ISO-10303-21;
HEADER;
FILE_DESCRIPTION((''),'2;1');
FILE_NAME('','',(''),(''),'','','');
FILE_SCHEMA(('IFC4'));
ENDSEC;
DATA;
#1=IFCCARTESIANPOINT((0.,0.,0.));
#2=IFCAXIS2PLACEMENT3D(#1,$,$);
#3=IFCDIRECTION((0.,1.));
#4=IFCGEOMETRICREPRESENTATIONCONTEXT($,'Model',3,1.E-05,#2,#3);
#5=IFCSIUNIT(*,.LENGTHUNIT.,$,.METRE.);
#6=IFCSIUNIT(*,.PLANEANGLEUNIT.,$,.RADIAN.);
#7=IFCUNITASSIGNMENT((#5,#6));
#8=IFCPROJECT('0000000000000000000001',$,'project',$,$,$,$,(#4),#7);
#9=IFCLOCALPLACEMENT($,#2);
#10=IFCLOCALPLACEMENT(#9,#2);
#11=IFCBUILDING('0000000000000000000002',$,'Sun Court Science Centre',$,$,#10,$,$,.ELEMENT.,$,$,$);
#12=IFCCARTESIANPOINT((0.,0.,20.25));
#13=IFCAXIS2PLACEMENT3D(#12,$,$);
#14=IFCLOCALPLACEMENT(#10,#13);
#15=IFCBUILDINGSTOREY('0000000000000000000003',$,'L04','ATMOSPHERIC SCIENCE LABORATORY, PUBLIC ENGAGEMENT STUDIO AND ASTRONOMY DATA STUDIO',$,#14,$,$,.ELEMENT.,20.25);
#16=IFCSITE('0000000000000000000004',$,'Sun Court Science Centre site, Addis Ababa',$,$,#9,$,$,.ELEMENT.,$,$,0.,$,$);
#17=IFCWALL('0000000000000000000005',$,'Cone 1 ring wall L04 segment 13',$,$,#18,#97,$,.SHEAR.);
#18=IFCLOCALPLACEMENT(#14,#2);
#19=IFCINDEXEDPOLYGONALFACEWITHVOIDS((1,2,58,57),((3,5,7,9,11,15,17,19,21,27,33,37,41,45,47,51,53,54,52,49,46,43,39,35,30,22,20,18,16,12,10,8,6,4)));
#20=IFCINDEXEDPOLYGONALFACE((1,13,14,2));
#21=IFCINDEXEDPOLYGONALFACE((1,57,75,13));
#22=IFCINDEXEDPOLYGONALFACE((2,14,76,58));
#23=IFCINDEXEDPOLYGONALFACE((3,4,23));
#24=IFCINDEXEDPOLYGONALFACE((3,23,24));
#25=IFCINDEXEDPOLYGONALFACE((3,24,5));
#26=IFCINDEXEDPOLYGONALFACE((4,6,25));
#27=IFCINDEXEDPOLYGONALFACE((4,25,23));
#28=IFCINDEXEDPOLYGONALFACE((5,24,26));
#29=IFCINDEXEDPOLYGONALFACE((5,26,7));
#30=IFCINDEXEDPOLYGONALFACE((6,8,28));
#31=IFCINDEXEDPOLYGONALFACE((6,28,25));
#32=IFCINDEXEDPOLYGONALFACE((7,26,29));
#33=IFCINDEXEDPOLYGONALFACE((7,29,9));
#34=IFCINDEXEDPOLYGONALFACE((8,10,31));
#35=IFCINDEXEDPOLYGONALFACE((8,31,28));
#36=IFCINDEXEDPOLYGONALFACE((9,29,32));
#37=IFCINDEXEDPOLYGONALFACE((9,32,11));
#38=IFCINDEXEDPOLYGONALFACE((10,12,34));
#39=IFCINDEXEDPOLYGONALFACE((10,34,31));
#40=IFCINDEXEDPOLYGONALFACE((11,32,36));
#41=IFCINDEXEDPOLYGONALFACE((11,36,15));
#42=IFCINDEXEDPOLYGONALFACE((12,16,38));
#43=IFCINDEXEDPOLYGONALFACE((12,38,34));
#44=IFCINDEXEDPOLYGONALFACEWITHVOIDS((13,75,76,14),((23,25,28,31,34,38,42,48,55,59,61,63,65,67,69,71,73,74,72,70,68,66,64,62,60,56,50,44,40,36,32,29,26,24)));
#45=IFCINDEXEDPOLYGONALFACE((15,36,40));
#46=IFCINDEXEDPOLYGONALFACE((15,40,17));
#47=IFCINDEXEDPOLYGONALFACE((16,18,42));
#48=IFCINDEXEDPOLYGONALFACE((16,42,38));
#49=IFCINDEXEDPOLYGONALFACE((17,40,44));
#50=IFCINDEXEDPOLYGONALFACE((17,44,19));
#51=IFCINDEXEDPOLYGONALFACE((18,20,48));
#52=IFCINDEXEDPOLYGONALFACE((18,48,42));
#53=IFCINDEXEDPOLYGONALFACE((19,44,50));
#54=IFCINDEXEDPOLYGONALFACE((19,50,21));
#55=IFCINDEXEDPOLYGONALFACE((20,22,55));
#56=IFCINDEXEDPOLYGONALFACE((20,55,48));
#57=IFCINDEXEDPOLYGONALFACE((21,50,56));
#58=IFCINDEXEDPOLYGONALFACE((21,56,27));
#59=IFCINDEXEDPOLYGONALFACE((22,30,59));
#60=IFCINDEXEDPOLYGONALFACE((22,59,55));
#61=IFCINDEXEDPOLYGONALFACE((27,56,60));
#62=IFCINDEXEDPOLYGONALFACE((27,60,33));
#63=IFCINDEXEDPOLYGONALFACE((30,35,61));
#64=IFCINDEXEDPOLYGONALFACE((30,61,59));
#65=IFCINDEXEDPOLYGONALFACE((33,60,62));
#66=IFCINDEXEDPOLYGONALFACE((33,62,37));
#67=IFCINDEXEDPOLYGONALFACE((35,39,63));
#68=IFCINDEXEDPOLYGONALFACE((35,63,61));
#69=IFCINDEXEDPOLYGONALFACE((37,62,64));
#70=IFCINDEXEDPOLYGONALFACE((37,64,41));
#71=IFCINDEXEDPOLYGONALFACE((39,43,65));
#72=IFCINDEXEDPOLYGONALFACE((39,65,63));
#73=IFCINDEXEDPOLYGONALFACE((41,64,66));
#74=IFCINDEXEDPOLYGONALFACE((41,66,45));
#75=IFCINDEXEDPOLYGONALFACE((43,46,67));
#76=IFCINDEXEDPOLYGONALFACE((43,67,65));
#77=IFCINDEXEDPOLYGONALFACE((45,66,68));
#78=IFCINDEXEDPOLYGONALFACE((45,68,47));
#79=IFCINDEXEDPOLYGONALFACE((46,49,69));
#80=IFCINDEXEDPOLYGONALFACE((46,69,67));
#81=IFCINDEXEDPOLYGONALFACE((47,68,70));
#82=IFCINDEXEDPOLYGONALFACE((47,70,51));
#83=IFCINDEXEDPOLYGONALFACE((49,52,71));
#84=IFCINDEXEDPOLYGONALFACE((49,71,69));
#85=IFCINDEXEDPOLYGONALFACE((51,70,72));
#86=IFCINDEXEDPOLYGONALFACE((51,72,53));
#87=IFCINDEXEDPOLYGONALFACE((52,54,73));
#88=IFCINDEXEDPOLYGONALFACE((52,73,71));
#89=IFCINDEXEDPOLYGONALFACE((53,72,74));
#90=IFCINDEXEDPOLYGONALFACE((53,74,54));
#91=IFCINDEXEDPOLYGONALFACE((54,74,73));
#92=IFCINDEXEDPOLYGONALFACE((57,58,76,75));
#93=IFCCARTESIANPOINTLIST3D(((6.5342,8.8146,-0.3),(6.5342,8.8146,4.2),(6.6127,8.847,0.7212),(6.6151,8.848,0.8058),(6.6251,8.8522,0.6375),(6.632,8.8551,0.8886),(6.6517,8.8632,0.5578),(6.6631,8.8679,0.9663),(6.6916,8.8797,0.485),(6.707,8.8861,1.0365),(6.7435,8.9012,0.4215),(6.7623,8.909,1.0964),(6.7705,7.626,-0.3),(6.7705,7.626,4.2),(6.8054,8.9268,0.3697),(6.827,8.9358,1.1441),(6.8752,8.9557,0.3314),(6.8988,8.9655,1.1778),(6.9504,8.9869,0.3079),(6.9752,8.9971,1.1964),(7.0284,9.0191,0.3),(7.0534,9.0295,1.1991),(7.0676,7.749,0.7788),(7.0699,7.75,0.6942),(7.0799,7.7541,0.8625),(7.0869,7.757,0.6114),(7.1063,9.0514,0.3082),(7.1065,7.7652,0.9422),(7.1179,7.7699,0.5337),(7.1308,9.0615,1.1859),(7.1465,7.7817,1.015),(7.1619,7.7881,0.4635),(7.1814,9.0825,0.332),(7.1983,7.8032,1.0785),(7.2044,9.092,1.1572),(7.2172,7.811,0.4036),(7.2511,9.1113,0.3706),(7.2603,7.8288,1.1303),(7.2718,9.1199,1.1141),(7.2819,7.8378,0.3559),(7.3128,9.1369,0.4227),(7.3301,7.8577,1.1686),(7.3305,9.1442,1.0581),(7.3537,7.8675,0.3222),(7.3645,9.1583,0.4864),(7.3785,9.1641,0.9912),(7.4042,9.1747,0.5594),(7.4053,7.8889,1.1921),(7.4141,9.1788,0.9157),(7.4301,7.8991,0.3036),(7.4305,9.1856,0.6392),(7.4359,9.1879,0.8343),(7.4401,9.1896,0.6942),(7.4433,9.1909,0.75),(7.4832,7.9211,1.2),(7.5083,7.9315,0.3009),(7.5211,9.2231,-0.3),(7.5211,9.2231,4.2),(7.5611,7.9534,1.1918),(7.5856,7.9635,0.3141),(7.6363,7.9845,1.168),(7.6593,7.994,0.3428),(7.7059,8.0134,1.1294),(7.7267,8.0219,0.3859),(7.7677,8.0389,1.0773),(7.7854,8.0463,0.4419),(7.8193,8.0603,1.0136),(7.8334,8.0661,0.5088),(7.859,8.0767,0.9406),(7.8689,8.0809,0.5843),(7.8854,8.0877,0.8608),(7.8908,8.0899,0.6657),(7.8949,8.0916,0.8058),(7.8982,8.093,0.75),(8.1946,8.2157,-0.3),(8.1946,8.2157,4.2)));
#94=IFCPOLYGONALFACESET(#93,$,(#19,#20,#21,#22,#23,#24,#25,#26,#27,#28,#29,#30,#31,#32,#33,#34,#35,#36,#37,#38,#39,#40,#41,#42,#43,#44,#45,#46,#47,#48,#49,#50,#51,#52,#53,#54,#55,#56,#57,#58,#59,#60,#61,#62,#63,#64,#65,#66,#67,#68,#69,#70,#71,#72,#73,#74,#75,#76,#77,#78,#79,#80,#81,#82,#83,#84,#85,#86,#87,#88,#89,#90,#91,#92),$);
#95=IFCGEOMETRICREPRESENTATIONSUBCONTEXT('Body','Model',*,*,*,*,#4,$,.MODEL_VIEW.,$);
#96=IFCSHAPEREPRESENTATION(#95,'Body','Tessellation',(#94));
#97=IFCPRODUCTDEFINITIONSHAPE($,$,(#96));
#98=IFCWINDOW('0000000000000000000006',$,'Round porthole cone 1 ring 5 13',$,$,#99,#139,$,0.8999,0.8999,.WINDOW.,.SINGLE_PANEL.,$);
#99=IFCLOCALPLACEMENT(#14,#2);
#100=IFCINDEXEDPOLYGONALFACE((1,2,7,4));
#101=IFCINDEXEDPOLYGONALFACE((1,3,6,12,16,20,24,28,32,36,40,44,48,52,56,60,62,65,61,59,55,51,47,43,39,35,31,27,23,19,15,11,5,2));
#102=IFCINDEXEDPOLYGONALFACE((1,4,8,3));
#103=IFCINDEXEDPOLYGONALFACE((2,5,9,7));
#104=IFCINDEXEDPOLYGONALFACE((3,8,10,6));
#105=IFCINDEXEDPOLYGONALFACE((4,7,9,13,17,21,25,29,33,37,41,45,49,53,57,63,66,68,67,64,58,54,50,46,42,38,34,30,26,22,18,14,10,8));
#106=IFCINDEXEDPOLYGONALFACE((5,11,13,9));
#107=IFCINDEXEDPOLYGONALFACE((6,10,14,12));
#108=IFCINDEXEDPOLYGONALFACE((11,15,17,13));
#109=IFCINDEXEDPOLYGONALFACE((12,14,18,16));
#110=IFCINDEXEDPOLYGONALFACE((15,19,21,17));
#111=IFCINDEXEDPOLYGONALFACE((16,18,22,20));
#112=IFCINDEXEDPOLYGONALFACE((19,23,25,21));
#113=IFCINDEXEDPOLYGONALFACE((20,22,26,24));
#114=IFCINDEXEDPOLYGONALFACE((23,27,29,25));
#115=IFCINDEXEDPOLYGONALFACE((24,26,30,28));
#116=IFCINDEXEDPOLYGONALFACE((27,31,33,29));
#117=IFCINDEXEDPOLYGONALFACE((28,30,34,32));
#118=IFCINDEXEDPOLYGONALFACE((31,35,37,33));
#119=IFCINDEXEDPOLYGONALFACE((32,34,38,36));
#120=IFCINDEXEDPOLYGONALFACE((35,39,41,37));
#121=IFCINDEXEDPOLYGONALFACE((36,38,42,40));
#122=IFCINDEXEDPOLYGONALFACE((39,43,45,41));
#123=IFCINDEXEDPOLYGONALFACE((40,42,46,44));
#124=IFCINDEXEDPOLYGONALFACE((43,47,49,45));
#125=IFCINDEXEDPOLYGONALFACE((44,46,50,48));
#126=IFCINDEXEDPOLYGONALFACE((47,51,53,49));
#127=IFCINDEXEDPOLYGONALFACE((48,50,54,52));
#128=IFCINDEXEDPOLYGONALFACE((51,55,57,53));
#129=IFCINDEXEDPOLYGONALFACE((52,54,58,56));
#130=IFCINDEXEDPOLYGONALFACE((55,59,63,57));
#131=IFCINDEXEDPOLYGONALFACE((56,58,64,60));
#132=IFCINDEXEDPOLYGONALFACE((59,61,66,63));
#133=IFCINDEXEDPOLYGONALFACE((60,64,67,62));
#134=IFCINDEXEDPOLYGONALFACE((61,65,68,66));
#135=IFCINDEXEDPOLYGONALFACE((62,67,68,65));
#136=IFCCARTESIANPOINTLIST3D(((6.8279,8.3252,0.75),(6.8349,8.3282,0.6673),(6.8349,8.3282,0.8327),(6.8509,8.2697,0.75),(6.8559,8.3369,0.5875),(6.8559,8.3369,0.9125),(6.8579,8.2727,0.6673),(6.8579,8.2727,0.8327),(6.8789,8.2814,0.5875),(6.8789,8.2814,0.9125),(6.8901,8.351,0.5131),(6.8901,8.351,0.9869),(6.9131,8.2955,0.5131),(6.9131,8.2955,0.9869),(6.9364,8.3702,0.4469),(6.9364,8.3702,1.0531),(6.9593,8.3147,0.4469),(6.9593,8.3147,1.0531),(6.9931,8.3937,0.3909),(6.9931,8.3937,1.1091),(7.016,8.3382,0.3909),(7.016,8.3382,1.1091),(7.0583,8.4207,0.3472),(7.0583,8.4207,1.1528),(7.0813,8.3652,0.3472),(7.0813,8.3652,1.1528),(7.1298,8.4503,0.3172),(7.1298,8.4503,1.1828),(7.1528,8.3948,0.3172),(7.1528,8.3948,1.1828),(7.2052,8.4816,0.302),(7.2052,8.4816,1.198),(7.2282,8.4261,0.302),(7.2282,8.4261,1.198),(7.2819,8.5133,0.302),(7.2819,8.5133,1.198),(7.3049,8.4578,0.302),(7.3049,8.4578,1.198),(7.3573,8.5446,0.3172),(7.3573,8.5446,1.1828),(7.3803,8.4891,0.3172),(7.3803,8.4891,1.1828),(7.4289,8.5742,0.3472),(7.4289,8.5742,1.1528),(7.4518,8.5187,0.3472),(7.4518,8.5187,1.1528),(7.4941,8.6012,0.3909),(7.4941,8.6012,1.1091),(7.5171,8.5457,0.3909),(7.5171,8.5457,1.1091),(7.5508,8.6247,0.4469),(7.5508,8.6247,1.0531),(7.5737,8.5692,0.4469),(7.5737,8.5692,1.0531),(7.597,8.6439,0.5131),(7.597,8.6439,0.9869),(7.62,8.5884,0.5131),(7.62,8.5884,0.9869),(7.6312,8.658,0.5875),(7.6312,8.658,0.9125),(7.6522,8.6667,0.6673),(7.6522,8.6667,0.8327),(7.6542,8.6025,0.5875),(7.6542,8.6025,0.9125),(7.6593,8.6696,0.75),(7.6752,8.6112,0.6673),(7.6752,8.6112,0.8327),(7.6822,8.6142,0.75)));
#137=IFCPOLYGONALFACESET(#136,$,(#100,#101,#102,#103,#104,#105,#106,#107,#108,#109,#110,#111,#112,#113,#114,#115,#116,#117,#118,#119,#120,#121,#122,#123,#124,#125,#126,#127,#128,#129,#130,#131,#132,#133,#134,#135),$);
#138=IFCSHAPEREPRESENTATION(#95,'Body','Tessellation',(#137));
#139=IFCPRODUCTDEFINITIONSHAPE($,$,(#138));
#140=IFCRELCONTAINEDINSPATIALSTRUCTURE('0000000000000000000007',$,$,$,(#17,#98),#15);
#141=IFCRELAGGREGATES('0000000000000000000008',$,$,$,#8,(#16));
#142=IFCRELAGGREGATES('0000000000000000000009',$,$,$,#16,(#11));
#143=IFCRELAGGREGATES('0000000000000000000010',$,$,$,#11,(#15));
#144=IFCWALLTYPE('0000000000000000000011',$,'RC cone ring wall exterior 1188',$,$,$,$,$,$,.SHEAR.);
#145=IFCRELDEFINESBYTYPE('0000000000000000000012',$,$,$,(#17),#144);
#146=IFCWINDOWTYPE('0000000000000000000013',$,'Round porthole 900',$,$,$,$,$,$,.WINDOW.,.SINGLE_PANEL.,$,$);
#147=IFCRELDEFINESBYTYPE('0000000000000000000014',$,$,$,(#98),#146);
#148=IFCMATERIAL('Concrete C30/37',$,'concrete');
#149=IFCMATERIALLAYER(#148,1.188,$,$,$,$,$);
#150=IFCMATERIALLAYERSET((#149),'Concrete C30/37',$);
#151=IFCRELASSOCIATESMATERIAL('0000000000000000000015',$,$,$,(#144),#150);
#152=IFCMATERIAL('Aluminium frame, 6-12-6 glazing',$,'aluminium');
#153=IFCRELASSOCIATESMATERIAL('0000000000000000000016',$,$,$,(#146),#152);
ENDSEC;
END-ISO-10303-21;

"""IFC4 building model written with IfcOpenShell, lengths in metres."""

from ifc_helpers import new_model, si_unit, direction, frame, frame_2d, origin, place, context, subcontext, project, spatial, polyline, circle, outline, extrude, material, layer, layer_set, type_object, element, fill, save


model = new_model("IFC4")

# Units and contexts
model_context = context("Model", 3, precision=1e-05, world=origin(), true_north=direction((0.0, 1.0)))
body_context = subcontext(model_context, "Body", "Model", "MODEL_VIEW")
ifc_project = project(units=[si_unit("LENGTHUNIT", "METRE"), si_unit("PLANEANGLEUNIT", "RADIAN")], contexts=[model_context])

# Site, building, storey
site_placement = place(None, origin())
site = spatial("IfcSite", under=ifc_project, at=site_placement, Name="Sun Court Science Centre site, Addis Ababa", CompositionType="ELEMENT", RefElevation=0.0)
building_placement = place(site_placement, origin())
building = spatial("IfcBuilding", under=site, at=building_placement, Name="Sun Court Science Centre", CompositionType="ELEMENT")
storey_placement = place(building_placement, frame((0.0, 0.0, 20.25)))
storey = spatial("IfcBuildingStorey", under=building, at=storey_placement, Name="L04", Description="ATMOSPHERIC SCIENCE LABORATORY, PUBLIC ENGAGEMENT STUDIO AND ASTRONOMY DATA STUDIO", CompositionType="ELEMENT", Elevation=20.25)

# Wall, opening, window
ifc_material_1 = material(Name="Concrete C30/37", Category="concrete")
ifc_layer_1 = layer(ifc_material_1, 1.188)
ifc_layer_set_1 = layer_set([ifc_layer_1], Name="Concrete C30/37")
wall_type = type_object("IfcWallType", Name="RC cone ring wall exterior 1188", PredefinedType="SHEAR", material=ifc_layer_set_1)
ifc_material_2 = material(Name="Aluminium frame, 6-12-6 glazing", Category="aluminium")
window_type = type_object("IfcWindowType", Name="Round porthole 900", PartitioningType="SINGLE_PANEL", PredefinedType="WINDOW", material=ifc_material_2)
wall_1_placement = place(storey_placement, frame((6.5432, 8.1748, -0.3), z_axis=(0.0, 0.0, 1.0), x_axis=(0.923862, 0.382725, 0.0)))
wall_1 = element("IfcWall", 1, at=wall_1_placement, inside=storey, type_object=wall_type, Name="Cone 1 ring wall L04 segment 13", PredefinedType="SHEAR", context=body_context, shape_type="SweptSolid", body=[
    extrude(outline(polyline([(0.0, -0.594), (1.5413, -0.5942), (1.3047, 0.5942), (0.2366, 0.5945), (0.0, -0.594)])), origin(), (0.0, 0.0, 1.0), 4.5),
])
opening_1_placement = place(wall_1_placement, frame((0.3206, 0.0, 0.6001)))
opening_1 = element("IfcOpeningElement", 2, at=opening_1_placement, cuts=wall_1, PredefinedType="OPENING", context=body_context, shape_type="SweptSolid", body=[
    extrude(circle(Radius=0.45, at=frame_2d((0.45, 0.45))), frame((0.0, 0.6042, 0.0), z_axis=(0.0, -1.0, 0.0), x_axis=(1.0, 0.0, 0.0)), (0.0, 0.0, 1.0), 1.2085),
])
window_1_placement = place(opening_1_placement, origin())
window_1 = element("IfcWindow", 3, at=window_1_placement, inside=storey, type_object=window_type, Name="Round porthole cone 1 ring 5 13", OverallHeight=0.8999, OverallWidth=0.8999, PartitioningType="SINGLE_PANEL", PredefinedType="WINDOW", context=body_context, shape_type="SweptSolid", body=[
    extrude(circle(Radius=0.45, at=frame_2d((0.45, 0.45))), frame((0.0, 0.03, 0.0), z_axis=(0.0, -1.0, 0.0), x_axis=(1.0, 0.0, 0.0)), (0.0, 0.0, 1.0), 0.0601),
])
fill(opening_1, window_1)

save(model, "model.ifc")
